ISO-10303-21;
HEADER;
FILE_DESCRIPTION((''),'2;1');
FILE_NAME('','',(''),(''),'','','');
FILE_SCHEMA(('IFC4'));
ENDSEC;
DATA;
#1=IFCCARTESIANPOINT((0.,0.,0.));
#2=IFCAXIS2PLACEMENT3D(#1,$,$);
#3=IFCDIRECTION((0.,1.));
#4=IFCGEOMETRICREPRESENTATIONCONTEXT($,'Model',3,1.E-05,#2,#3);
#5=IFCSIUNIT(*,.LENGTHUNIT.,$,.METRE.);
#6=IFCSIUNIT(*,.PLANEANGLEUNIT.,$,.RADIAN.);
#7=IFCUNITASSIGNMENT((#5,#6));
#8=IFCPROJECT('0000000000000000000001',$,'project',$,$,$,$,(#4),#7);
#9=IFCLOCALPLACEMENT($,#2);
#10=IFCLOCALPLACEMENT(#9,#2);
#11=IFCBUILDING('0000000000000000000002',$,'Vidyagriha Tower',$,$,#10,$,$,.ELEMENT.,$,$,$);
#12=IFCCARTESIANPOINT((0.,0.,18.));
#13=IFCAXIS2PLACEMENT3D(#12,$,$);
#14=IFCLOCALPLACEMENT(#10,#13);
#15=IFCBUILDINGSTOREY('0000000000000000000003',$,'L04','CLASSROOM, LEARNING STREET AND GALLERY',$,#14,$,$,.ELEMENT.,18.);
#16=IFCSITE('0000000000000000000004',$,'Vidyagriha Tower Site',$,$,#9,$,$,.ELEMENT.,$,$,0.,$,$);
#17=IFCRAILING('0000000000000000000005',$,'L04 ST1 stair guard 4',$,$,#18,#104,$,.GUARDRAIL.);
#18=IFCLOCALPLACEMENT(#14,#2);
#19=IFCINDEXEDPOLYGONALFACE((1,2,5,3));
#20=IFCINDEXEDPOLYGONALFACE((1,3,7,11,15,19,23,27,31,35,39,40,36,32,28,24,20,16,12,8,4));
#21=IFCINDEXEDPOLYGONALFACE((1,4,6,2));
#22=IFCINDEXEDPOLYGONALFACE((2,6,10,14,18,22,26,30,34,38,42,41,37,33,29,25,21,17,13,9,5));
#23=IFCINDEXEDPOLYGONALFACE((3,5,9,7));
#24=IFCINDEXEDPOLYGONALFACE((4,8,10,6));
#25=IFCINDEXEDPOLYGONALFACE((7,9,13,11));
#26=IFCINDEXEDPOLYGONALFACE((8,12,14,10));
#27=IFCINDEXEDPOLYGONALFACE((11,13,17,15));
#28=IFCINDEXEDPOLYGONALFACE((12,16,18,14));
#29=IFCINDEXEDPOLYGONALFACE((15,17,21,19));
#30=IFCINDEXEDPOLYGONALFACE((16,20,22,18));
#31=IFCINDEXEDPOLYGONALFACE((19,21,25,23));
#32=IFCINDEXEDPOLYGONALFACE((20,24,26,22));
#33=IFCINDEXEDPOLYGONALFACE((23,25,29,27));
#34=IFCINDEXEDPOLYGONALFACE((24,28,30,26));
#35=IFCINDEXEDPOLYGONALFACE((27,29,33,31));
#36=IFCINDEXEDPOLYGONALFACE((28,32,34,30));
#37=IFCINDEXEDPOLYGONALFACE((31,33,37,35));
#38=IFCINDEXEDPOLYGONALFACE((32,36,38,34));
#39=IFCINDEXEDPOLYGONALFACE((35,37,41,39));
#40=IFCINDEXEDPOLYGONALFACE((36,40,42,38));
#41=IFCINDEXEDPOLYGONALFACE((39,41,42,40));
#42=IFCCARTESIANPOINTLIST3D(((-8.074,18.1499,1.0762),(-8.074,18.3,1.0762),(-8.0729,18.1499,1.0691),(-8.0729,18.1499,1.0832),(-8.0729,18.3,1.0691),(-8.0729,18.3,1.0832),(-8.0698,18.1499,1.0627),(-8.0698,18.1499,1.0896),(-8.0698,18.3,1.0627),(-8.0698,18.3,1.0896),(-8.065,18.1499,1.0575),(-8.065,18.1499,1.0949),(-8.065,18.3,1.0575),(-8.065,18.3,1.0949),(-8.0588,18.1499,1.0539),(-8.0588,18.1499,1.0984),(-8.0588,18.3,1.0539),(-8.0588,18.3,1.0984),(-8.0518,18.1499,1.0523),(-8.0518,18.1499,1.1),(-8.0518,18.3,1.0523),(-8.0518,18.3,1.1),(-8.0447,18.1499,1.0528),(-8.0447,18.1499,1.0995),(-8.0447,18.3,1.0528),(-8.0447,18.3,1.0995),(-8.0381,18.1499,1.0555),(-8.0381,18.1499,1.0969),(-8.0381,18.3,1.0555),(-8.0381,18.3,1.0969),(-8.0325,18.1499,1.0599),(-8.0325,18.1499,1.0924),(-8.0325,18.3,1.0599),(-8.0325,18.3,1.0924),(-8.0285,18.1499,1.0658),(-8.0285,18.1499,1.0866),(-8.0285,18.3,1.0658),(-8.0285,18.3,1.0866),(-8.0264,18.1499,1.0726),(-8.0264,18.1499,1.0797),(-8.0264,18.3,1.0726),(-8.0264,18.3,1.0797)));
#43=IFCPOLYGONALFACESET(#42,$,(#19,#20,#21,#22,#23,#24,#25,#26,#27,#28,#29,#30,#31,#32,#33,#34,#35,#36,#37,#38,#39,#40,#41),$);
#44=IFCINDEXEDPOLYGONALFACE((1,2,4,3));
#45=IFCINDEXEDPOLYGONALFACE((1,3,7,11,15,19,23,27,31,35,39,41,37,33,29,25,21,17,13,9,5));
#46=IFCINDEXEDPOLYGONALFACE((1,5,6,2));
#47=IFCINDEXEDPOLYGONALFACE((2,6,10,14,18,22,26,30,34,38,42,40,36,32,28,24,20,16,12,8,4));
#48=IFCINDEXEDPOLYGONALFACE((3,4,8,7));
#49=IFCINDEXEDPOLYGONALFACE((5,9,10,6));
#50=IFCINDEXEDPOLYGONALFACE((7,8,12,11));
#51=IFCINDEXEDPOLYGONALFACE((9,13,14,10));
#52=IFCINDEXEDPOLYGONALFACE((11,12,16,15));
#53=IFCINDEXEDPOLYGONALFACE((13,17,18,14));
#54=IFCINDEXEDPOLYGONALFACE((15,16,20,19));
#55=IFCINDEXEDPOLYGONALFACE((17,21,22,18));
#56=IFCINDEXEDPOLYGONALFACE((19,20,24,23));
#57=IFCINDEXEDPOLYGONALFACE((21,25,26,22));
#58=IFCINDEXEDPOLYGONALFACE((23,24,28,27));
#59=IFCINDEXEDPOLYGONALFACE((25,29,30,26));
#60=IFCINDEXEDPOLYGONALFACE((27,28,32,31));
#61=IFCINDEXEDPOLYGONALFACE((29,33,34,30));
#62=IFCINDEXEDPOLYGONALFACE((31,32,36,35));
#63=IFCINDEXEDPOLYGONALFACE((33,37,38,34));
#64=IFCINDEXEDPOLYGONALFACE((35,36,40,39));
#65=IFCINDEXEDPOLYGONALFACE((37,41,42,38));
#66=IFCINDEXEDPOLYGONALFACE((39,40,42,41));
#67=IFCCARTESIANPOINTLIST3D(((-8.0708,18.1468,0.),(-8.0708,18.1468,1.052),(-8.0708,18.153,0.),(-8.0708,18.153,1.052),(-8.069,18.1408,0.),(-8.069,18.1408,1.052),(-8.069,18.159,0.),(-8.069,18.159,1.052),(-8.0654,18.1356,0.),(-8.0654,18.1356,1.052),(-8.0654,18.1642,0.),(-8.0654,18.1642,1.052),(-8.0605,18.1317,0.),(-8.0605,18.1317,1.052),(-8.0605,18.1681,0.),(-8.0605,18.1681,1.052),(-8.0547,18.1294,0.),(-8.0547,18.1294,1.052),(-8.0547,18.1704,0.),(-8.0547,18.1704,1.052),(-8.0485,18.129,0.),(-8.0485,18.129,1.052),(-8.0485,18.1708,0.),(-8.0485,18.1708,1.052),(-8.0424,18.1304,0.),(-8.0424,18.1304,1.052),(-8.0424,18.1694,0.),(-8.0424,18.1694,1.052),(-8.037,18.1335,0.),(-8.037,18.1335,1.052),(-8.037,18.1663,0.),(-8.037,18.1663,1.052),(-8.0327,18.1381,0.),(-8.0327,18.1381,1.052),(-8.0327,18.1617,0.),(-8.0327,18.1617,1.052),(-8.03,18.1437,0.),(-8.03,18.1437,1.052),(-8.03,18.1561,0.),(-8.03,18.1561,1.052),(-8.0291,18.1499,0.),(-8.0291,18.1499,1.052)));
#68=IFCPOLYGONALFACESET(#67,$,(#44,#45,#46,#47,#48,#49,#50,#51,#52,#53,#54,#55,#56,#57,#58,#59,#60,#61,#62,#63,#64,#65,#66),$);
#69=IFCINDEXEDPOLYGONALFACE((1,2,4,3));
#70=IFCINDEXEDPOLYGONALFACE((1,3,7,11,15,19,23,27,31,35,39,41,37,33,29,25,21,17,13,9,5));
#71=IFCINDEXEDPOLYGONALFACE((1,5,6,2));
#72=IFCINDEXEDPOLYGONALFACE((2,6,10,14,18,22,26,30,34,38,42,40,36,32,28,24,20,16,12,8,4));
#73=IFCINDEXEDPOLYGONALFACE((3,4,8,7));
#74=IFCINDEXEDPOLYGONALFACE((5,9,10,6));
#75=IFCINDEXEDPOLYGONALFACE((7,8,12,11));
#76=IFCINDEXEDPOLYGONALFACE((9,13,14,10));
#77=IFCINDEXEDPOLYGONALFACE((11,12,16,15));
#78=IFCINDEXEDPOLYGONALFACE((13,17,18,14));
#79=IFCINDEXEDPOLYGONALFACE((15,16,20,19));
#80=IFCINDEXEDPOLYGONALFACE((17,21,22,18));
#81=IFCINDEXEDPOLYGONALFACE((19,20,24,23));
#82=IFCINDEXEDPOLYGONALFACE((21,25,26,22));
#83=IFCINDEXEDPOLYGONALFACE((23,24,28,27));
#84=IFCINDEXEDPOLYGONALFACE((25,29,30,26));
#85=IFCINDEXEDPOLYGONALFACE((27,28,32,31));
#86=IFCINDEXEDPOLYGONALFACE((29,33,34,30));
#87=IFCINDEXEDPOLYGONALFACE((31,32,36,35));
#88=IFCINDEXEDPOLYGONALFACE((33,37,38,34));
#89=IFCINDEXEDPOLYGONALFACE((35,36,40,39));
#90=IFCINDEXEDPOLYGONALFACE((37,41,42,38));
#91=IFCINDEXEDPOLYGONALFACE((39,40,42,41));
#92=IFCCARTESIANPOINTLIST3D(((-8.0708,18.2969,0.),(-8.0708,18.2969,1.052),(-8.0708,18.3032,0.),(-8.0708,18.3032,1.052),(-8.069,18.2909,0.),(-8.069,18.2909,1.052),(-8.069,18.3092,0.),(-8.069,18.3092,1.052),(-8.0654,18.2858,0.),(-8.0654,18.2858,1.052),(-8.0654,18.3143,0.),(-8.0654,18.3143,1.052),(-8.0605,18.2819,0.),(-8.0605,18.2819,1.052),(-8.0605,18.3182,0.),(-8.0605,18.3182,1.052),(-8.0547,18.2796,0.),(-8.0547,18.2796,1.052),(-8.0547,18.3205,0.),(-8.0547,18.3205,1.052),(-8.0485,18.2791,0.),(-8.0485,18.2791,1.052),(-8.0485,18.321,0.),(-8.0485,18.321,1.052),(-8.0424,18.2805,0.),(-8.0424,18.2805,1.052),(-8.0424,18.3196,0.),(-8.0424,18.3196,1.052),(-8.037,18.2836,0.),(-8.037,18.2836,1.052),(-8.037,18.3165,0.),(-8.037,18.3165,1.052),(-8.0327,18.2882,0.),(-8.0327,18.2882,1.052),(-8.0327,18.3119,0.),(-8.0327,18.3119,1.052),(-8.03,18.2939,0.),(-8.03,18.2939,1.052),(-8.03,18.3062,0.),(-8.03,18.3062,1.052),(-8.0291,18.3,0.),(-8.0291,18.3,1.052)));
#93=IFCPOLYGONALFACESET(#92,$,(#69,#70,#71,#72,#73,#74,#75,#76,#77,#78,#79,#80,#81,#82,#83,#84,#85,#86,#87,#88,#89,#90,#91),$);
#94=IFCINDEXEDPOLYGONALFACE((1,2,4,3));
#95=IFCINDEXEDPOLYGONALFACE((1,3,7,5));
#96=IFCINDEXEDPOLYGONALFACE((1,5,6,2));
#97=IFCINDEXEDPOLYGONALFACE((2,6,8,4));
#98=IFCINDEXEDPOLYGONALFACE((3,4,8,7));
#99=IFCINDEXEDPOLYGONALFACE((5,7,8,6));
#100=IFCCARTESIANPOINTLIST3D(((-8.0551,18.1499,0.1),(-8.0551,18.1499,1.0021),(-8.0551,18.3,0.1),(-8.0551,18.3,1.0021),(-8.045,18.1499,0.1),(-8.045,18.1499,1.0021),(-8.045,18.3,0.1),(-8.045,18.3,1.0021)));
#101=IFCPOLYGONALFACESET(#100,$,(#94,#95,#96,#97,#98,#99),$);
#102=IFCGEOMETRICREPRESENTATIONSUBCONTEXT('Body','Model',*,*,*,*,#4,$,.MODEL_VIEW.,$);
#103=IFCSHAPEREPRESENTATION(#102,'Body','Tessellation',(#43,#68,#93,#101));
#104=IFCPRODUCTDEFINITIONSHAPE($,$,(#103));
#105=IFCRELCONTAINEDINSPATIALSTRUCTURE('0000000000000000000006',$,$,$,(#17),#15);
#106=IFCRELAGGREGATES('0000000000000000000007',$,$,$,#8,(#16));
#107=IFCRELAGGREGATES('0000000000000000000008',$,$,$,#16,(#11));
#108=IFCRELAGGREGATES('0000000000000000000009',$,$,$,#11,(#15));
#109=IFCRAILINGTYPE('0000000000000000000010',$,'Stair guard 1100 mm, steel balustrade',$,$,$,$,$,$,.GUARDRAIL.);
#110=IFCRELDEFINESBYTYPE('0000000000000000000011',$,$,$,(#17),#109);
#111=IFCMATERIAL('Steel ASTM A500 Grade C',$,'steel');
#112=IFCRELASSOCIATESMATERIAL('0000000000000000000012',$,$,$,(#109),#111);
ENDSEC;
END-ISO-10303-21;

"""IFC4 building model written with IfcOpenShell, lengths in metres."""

from ifc_helpers import new_model, si_unit, direction, frame, origin, origin_2d, place, context, subcontext, project, spatial, rectangle, circle, extrude, material, type_object, element, save


model = new_model("IFC4")

# Units and contexts
model_context = context("Model", 3, precision=1e-05, world=origin(), true_north=direction((0.0, 1.0)))
body_context = subcontext(model_context, "Body", "Model", "MODEL_VIEW")
ifc_project = project(units=[si_unit("LENGTHUNIT", "METRE"), si_unit("PLANEANGLEUNIT", "RADIAN")], contexts=[model_context])

# Site, building, storey
site_placement = place(None, origin())
site = spatial("IfcSite", under=ifc_project, at=site_placement, Name="Vidyagriha Tower Site", CompositionType="ELEMENT", RefElevation=0.0)
building_placement = place(site_placement, origin())
building = spatial("IfcBuilding", under=site, at=building_placement, Name="Vidyagriha Tower", CompositionType="ELEMENT")
storey_placement = place(building_placement, frame((0.0, 0.0, 18.0)))
storey = spatial("IfcBuildingStorey", under=building, at=storey_placement, Name="L04", Description="CLASSROOM, LEARNING STREET AND GALLERY", CompositionType="ELEMENT", Elevation=18.0)

# Railing
ifc_material_1 = material(Name="Steel ASTM A500 Grade C", Category="steel")
railing_type_1 = type_object("IfcRailingType", Name="Stair guard 1100 mm, steel balustrade", PredefinedType="GUARDRAIL", material=ifc_material_1)
railing_1_placement = place(storey_placement, frame((-8.05, 18.1499, 0.0)))
element("IfcRailing", 1, at=railing_1_placement, inside=storey, type_object=railing_type_1, Name="L04 ST1 stair guard 4", PredefinedType="GUARDRAIL", context=body_context, shape_type="SweptSolid", body=[
    extrude(circle(Radius=0.0239, at=origin_2d()), frame((0.0, 0.0, 1.0762), z_axis=(0.0, 1.0, 0.0), x_axis=(-1.0, 0.0, 0.0)), (0.0, 0.0, 1.0), 0.1501),
    extrude(circle(Radius=0.021, at=origin_2d()), origin(), (0.0, 0.0, 1.0), 1.052),
    extrude(circle(Radius=0.021, at=origin_2d()), frame((0.0, 0.1501, 0.0)), (0.0, 0.0, 1.0), 1.052),
    extrude(rectangle(XDim=0.01, YDim=0.9021, at=origin_2d()), frame((0.0, 0.0, 0.551), z_axis=(0.0, 1.0, 0.0), x_axis=(-1.0, 0.0, 0.0)), (0.0, 0.0, 1.0), 0.1501),
])

save(model, "model.ifc")
